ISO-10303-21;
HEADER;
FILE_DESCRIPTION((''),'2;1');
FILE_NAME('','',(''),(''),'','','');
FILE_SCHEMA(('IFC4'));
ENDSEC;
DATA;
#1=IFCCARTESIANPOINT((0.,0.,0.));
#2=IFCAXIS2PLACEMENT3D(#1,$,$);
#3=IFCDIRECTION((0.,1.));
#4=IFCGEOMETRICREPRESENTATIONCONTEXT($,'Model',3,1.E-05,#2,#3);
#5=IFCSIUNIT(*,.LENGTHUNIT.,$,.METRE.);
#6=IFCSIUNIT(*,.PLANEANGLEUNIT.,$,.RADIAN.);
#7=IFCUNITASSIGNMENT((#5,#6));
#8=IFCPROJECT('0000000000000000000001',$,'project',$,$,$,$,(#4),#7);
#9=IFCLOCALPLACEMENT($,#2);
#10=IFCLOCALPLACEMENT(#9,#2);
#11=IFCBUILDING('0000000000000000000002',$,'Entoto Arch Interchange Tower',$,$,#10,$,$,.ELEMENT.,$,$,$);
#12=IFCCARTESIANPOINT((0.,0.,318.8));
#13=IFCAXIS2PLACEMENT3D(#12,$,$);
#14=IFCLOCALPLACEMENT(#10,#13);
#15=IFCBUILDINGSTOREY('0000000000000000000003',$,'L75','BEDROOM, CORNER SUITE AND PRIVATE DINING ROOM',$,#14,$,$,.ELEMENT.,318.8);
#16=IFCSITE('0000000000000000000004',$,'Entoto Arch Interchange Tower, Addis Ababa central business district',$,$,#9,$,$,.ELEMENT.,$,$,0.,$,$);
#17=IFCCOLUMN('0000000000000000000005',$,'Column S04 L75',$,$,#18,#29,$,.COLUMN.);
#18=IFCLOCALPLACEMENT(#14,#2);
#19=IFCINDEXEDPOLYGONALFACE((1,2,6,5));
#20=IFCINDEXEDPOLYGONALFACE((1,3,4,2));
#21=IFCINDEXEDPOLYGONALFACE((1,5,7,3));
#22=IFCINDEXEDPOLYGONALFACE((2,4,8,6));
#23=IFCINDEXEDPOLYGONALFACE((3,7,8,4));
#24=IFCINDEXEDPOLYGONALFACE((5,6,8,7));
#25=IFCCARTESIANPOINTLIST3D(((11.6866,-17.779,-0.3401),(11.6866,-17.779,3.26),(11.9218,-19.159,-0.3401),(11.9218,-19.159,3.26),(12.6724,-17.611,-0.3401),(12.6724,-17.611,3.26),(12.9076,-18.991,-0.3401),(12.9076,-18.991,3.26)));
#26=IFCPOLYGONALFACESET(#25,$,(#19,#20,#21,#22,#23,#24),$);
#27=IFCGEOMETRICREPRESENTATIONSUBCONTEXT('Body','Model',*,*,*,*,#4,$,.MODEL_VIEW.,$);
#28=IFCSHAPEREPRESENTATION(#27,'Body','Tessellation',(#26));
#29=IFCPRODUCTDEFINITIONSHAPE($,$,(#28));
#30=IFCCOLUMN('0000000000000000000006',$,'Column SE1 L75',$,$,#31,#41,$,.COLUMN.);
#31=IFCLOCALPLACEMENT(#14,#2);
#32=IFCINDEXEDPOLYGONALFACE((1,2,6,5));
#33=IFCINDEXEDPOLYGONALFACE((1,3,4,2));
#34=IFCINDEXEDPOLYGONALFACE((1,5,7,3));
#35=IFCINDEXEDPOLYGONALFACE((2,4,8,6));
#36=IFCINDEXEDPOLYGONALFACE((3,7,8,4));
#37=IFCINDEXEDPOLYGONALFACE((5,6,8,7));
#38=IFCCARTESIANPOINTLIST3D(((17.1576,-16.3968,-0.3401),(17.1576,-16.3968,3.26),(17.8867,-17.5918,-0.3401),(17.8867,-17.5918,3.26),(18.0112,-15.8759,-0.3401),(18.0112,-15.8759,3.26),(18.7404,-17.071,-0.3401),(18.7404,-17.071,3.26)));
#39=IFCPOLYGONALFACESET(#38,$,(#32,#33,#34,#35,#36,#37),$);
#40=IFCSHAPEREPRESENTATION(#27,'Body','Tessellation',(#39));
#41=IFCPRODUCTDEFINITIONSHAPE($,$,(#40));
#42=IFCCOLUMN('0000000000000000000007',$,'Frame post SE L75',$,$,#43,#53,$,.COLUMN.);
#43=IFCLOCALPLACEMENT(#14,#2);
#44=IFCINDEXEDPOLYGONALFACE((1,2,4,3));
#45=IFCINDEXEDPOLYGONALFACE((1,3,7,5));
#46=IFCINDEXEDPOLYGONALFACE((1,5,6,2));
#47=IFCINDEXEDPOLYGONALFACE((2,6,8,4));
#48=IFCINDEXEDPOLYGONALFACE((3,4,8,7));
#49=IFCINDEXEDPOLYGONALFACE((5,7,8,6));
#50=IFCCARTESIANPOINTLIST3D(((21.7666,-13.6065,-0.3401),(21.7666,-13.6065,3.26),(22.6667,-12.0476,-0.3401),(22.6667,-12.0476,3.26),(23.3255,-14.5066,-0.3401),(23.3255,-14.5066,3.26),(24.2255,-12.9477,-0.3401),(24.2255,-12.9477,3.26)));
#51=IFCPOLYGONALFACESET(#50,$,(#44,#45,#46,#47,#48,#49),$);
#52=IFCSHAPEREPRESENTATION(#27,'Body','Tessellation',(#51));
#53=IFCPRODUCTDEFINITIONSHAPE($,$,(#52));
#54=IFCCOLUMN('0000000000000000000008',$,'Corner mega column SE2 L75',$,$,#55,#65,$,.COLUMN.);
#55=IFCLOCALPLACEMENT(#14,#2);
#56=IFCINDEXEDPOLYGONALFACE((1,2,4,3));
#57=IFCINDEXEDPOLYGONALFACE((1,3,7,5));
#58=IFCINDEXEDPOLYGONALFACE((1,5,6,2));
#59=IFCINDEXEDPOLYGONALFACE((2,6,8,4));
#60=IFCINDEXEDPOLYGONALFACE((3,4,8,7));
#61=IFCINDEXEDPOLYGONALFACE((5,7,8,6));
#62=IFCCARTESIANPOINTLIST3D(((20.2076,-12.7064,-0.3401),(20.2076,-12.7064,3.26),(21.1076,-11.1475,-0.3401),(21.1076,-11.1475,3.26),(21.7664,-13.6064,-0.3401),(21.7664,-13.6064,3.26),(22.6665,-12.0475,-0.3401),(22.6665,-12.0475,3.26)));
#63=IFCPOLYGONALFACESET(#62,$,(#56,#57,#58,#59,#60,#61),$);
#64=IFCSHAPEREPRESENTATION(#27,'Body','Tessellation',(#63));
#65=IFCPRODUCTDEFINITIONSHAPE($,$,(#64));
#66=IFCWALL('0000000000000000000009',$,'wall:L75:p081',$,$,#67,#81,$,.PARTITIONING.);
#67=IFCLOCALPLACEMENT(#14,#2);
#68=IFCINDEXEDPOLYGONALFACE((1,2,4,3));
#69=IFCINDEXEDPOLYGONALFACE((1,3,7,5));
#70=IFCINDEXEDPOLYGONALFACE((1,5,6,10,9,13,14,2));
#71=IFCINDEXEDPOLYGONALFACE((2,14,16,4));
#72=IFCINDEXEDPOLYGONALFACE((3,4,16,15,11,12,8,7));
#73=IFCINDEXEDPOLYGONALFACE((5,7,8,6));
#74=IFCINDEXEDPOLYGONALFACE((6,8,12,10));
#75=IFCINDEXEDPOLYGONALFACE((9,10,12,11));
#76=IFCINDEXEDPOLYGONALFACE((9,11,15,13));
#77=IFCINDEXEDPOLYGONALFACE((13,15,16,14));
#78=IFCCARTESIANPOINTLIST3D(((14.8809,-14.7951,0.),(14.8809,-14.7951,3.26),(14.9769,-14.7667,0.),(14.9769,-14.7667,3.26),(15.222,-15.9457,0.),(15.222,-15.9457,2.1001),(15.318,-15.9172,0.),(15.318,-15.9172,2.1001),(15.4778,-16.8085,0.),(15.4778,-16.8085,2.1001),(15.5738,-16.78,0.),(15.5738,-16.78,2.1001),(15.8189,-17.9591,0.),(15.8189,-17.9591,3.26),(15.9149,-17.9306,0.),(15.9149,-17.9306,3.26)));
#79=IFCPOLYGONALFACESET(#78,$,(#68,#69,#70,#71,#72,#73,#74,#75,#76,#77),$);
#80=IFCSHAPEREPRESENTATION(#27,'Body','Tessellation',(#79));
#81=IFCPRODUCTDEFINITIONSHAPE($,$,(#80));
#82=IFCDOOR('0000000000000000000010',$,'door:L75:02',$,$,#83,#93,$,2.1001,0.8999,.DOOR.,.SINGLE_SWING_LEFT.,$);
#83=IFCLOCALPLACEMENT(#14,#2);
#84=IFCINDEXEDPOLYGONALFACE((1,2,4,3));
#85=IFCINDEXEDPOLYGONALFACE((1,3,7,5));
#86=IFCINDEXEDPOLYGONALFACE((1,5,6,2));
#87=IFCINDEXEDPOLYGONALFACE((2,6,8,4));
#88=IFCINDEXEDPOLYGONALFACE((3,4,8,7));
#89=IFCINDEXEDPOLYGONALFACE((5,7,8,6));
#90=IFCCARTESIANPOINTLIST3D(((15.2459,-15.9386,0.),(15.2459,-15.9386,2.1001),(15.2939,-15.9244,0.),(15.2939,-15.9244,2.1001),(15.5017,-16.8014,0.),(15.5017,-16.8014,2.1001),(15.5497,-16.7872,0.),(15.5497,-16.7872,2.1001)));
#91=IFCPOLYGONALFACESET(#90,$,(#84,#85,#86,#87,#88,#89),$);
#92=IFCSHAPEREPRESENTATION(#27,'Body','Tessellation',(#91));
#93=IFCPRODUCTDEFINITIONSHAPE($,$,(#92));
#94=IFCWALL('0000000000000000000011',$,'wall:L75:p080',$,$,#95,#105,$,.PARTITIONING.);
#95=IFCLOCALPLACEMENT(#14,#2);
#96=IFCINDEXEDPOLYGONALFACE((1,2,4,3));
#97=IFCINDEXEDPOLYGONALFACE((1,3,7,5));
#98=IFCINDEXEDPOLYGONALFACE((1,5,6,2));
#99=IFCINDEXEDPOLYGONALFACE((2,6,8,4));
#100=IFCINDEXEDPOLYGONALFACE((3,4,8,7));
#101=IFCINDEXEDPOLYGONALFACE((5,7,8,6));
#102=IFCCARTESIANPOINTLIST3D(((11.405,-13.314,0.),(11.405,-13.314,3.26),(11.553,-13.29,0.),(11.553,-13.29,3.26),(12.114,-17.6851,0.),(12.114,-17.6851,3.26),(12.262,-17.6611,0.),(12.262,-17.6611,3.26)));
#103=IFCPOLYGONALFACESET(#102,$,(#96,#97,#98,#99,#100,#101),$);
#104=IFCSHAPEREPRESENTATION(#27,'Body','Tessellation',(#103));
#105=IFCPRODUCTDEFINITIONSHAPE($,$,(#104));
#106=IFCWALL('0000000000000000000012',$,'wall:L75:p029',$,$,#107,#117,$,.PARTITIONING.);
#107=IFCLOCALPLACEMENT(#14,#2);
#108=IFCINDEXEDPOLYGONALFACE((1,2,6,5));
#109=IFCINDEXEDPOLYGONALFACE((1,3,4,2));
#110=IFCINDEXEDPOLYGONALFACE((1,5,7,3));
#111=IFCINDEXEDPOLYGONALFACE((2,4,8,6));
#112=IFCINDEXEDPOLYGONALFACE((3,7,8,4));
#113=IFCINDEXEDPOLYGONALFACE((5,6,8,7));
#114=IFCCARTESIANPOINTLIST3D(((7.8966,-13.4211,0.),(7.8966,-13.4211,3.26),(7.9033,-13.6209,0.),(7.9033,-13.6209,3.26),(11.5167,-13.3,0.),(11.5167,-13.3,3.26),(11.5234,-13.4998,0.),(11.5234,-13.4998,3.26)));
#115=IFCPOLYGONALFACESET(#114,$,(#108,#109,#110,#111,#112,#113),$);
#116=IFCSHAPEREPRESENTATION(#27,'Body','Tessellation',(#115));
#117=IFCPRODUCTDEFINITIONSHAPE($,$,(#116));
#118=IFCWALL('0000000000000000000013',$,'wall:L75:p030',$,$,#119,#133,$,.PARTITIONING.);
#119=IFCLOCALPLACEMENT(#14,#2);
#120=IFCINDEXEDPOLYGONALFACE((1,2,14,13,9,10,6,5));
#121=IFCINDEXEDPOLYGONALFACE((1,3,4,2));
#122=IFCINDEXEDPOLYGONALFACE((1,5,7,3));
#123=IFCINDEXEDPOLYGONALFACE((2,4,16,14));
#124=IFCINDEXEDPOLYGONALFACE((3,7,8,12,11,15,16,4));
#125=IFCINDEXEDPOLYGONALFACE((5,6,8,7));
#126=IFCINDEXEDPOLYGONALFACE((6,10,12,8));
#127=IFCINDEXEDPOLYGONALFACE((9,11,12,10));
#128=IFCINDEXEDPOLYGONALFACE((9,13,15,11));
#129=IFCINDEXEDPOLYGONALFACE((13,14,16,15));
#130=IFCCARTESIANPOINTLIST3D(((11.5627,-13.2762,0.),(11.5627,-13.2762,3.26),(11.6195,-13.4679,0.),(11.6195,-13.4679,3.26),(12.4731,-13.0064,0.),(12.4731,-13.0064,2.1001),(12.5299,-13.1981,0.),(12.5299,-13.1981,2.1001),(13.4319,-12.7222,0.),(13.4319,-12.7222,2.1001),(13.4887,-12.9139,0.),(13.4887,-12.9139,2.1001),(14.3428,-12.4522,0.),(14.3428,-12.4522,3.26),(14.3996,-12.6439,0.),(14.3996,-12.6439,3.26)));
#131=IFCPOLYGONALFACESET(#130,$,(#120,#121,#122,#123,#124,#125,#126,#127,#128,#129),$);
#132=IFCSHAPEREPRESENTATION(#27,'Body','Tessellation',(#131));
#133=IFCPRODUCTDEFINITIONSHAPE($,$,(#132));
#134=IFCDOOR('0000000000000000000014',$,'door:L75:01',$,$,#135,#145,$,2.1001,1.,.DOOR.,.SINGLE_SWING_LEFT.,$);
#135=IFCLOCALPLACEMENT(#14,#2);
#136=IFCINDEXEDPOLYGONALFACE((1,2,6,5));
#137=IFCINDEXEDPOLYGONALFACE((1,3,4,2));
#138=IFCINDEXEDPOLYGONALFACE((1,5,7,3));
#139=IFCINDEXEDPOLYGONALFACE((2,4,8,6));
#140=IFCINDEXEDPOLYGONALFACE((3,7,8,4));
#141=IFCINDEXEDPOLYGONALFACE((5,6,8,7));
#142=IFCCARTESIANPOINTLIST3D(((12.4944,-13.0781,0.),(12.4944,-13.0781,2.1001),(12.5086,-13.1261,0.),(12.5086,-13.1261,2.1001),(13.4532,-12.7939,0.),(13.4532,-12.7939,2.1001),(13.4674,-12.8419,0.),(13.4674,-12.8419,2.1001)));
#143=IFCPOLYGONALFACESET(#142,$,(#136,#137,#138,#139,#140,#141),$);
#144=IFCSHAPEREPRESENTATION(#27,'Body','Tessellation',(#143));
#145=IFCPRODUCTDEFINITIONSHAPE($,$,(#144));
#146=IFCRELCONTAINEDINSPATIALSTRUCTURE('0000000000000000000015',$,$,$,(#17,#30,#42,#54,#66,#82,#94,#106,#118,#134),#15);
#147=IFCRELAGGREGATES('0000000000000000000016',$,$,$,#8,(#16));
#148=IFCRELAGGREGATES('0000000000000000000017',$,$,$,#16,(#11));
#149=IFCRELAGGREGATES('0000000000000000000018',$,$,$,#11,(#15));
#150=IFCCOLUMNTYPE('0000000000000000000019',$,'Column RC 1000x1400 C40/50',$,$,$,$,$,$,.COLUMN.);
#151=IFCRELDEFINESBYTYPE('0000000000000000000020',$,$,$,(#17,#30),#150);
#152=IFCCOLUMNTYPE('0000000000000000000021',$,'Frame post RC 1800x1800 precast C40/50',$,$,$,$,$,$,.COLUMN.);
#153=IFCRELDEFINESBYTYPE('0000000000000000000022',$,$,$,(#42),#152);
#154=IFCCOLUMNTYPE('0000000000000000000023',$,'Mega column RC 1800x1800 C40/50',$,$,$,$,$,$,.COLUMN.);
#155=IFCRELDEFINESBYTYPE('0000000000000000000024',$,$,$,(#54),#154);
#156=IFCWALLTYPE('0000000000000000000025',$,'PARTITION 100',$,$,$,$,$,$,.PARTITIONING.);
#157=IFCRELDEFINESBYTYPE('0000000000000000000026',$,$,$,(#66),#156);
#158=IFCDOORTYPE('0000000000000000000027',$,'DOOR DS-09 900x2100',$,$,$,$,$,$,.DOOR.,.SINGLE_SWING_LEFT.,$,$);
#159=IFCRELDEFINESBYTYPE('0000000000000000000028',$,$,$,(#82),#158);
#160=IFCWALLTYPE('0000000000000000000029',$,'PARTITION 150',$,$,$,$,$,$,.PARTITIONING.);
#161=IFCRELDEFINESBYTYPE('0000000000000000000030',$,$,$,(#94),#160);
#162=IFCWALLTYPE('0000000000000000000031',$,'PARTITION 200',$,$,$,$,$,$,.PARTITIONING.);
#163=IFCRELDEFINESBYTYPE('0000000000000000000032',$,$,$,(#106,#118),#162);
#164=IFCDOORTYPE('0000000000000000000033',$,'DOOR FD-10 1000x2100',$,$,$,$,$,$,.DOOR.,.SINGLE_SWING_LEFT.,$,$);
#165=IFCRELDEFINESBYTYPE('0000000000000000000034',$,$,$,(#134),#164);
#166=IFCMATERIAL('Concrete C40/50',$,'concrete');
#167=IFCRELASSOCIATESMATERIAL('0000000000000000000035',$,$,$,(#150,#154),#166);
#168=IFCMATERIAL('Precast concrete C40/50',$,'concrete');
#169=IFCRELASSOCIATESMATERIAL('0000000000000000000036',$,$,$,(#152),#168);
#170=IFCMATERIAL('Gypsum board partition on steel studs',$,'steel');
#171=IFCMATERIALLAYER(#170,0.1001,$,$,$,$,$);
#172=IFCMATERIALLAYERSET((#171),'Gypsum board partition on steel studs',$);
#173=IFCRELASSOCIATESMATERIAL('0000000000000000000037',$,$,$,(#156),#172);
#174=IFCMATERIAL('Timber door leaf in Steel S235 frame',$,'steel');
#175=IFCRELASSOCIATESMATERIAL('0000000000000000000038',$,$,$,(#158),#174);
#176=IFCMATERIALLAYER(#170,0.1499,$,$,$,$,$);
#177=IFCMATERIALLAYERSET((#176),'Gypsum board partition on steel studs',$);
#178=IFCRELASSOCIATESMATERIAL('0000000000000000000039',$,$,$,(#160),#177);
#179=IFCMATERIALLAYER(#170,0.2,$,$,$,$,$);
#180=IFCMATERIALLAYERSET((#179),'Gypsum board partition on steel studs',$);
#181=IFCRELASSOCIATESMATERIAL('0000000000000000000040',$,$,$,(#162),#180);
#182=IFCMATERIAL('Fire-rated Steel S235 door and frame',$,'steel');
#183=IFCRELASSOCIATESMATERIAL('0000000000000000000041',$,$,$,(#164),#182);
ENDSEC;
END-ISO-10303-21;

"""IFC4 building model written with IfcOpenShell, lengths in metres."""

from ifc_helpers import new_model, si_unit, direction, frame, frame_2d, origin, origin_2d, place, context, subcontext, project, spatial, rectangle, extrude, material, layer, layer_set, material_profile, profile_set, type_object, element, fill, save


model = new_model("IFC4")

# Units and contexts
model_context = context("Model", 3, precision=1e-05, world=origin(), true_north=direction((0.0, 1.0)))
body_context = subcontext(model_context, "Body", "Model", "MODEL_VIEW")
ifc_project = project(units=[si_unit("LENGTHUNIT", "METRE"), si_unit("PLANEANGLEUNIT", "RADIAN")], contexts=[model_context])

# Site, building, storey
site_placement = place(None, origin())
site = spatial("IfcSite", under=ifc_project, at=site_placement, Name="Entoto Arch Interchange Tower, Addis Ababa central business district", CompositionType="ELEMENT", RefElevation=0.0)
building_placement = place(site_placement, origin())
building = spatial("IfcBuilding", under=site, at=building_placement, Name="Entoto Arch Interchange Tower", CompositionType="ELEMENT")
storey_placement = place(building_placement, frame((0.0, 0.0, 318.8)))
storey = spatial("IfcBuildingStorey", under=building, at=storey_placement, Name="L75", Description="BEDROOM, CORNER SUITE AND PRIVATE DINING ROOM", CompositionType="ELEMENT", Elevation=318.8)

# Columns
ifc_material_1 = material(Name="Concrete C40/50", Category="concrete")
ifc_material_profile_1 = material_profile(ifc_material_1, rectangle(XDim=1.0, YDim=1.3999, at=origin_2d()))
ifc_profile_set_1 = profile_set([ifc_material_profile_1], Name="Concrete C40/50")
column_type_1 = type_object("IfcColumnType", Name="Column RC 1000x1400 C40/50", PredefinedType="COLUMN", material=ifc_profile_set_1)
for number, where, z_axis, x_axis, name in (
    (1, (12.2971, -18.385, -0.3401), (0.0, 0.0, 1.0), (0.985786, 0.168008, 0.0), "Column S04 L75"),
    (2, (17.949, -16.7339, -0.3401), (0.0, 0.0, 1.0), (0.853651, 0.520846, 0.0), "Column SE1 L75"),
):
    element("IfcColumn", number, at=place(storey_placement, frame(where, z_axis=z_axis, x_axis=x_axis)), inside=storey, type_object=column_type_1, Name=name, PredefinedType="COLUMN", context=body_context, shape_type="SweptSolid", body=[
        extrude(rectangle(XDim=1.0, YDim=1.3999, at=origin_2d()), origin(), (0.0, 0.0, 1.0), 3.6001),
    ])
ifc_material_2 = material(Name="Precast concrete C40/50", Category="concrete")
ifc_material_profile_2 = material_profile(ifc_material_2, rectangle(XDim=1.8, YDim=1.8, at=origin_2d()))
ifc_profile_set_2 = profile_set([ifc_material_profile_2], Name="Precast concrete C40/50")
column_type_2 = type_object("IfcColumnType", Name="Frame post RC 1800x1800 precast C40/50", PredefinedType="COLUMN", material=ifc_profile_set_2)
column_1_placement = place(storey_placement, frame((22.9961, -13.2771, -0.3401), z_axis=(0.0, 0.0, 1.0), x_axis=(-0.866025, 0.5, 0.0)))
element("IfcColumn", 3, at=column_1_placement, inside=storey, type_object=column_type_2, Name="Frame post SE L75", PredefinedType="COLUMN", context=body_context, shape_type="SweptSolid", body=[
    extrude(rectangle(XDim=1.8, YDim=1.8, at=origin_2d()), origin(), (0.0, 0.0, 1.0), 3.6001),
])
ifc_material_profile_3 = material_profile(ifc_material_1, rectangle(XDim=1.8, YDim=1.8, at=origin_2d()))
ifc_profile_set_3 = profile_set([ifc_material_profile_3], Name="Concrete C40/50")
column_type_3 = type_object("IfcColumnType", Name="Mega column RC 1800x1800 C40/50", PredefinedType="COLUMN", material=ifc_profile_set_3)
column_2_placement = place(storey_placement, frame((21.437, -12.377, -0.3401), z_axis=(0.0, 0.0, 1.0), x_axis=(-0.866025, 0.5, 0.0)))
element("IfcColumn", 4, at=column_2_placement, inside=storey, type_object=column_type_3, Name="Corner mega column SE2 L75", PredefinedType="COLUMN", context=body_context, shape_type="SweptSolid", body=[
    extrude(rectangle(XDim=1.8, YDim=1.8, at=origin_2d()), origin(), (0.0, 0.0, 1.0), 3.6001),
])

# Wall, opening, door
ifc_material_3 = material(Name="Gypsum board partition on steel studs", Category="steel")
ifc_layer_1 = layer(ifc_material_3, 0.1001)
ifc_layer_set_1 = layer_set([ifc_layer_1], Name="Gypsum board partition on steel studs")
wall_type_1 = type_object("IfcWallType", Name="PARTITION 100", PredefinedType="PARTITIONING", material=ifc_layer_set_1)
wall_1_placement = place(storey_placement, frame((14.929, -14.781, 0.0), z_axis=(0.0, 0.0, 1.0), x_axis=(0.284224, -0.958758, 0.0)))
wall_1 = element("IfcWall", 5, at=wall_1_placement, inside=storey, type_object=wall_type_1, Name="wall:L75:p081", PredefinedType="PARTITIONING", context=body_context, shape_type="SweptSolid", body=[
    extrude(rectangle(XDim=3.3, YDim=0.1001, at=frame_2d((1.6499, 0.0))), origin(), (0.0, 0.0, 1.0), 3.26),
])
opening_1_placement = place(wall_1_placement, frame((1.2, 0.0, 0.0)))
opening_1 = element("IfcOpeningElement", 6, at=opening_1_placement, cuts=wall_1, PredefinedType="OPENING", context=body_context, shape_type="SweptSolid", body=[
    extrude(rectangle(XDim=0.8999, YDim=2.1001, at=frame_2d((0.45, 1.05))), frame((0.0, 0.0601, 0.0), z_axis=(0.0, -1.0, 0.0), x_axis=(1.0, 0.0, 0.0)), (0.0, 0.0, 1.0), 0.1201),
])
ifc_material_4 = material(Name="Timber door leaf in Steel S235 frame", Category="steel")
door_type_1 = type_object("IfcDoorType", Name="DOOR DS-09 900x2100", OperationType="SINGLE_SWING_LEFT", PredefinedType="DOOR", material=ifc_material_4)
door_1_placement = place(opening_1_placement, origin())
door_1 = element("IfcDoor", 7, at=door_1_placement, inside=storey, type_object=door_type_1, Name="door:L75:02", OperationType="SINGLE_SWING_LEFT", OverallHeight=2.1001, OverallWidth=0.8999, PredefinedType="DOOR", context=body_context, shape_type="SweptSolid", body=[
    extrude(rectangle(XDim=0.8999, YDim=2.1001, at=frame_2d((0.45, 1.05))), frame((0.0, 0.0249, 0.0), z_axis=(0.0, -1.0, 0.0), x_axis=(1.0, 0.0, 0.0)), (0.0, 0.0, 1.0), 0.05),
])
fill(opening_1, door_1)

# Walls
ifc_layer_2 = layer(ifc_material_3, 0.1499)
ifc_layer_set_2 = layer_set([ifc_layer_2], Name="Gypsum board partition on steel studs")
wall_type_2 = type_object("IfcWallType", Name="PARTITION 150", PredefinedType="PARTITIONING", material=ifc_layer_set_2)
wall_2_placement = place(storey_placement, frame((11.479, -13.302, 0.0), z_axis=(0.0, 0.0, 1.0), x_axis=(0.160106, -0.9871, 0.0)))
element("IfcWall", 8, at=wall_2_placement, inside=storey, type_object=wall_type_2, Name="wall:L75:p080", PredefinedType="PARTITIONING", context=body_context, shape_type="SweptSolid", body=[
    extrude(rectangle(XDim=4.4282, YDim=0.1499, at=frame_2d((2.2141, 0.0))), origin(), (0.0, 0.0, 1.0), 3.26),
])
ifc_layer_3 = layer(ifc_material_3, 0.2)
ifc_layer_set_3 = layer_set([ifc_layer_3], Name="Gypsum board partition on steel studs")
wall_type_3 = type_object("IfcWallType", Name="PARTITION 200", PredefinedType="PARTITIONING", material=ifc_layer_set_3)
wall_3_placement = place(storey_placement, frame((11.52, -13.3999, 0.0), z_axis=(0.0, 0.0, 1.0), x_axis=(-0.999441, -0.033432, 0.0)))
element("IfcWall", 9, at=wall_3_placement, inside=storey, type_object=wall_type_3, Name="wall:L75:p029", PredefinedType="PARTITIONING", context=body_context, shape_type="SweptSolid", body=[
    extrude(rectangle(XDim=3.6221, YDim=0.2, at=frame_2d((1.811, 0.0))), origin(), (0.0, 0.0, 1.0), 3.26),
])

# Wall, opening, door
wall_4_placement = place(storey_placement, frame((14.3711, -12.5481, 0.0), z_axis=(0.0, 0.0, 1.0), x_axis=(-0.958773, -0.284171, 0.0)))
wall_4 = element("IfcWall", 10, at=wall_4_placement, inside=storey, type_object=wall_type_3, Name="wall:L75:p030", PredefinedType="PARTITIONING", context=body_context, shape_type="SweptSolid", body=[
    extrude(rectangle(XDim=2.8997, YDim=0.2, at=frame_2d((1.4497, 0.0))), origin(), (0.0, 0.0, 1.0), 3.26),
])
opening_2_placement = place(wall_4_placement, frame((0.95, 0.0, 0.0)))
opening_2 = element("IfcOpeningElement", 11, at=opening_2_placement, cuts=wall_4, PredefinedType="OPENING", context=body_context, shape_type="SweptSolid", body=[
    extrude(rectangle(XDim=1.0, YDim=2.1001, at=frame_2d((0.5, 1.05))), frame((0.0, 0.1099, 0.0), z_axis=(0.0, -1.0, 0.0), x_axis=(1.0, 0.0, 0.0)), (0.0, 0.0, 1.0), 0.22),
])
ifc_material_5 = material(Name="Fire-rated Steel S235 door and frame", Category="steel")
door_type_2 = type_object("IfcDoorType", Name="DOOR FD-10 1000x2100", OperationType="SINGLE_SWING_LEFT", PredefinedType="DOOR", material=ifc_material_5)
door_2_placement = place(opening_2_placement, origin())
door_2 = element("IfcDoor", 12, at=door_2_placement, inside=storey, type_object=door_type_2, Name="door:L75:01", OperationType="SINGLE_SWING_LEFT", OverallHeight=2.1001, OverallWidth=1.0, PredefinedType="DOOR", context=body_context, shape_type="SweptSolid", body=[
    extrude(rectangle(XDim=1.0, YDim=2.1001, at=frame_2d((0.5, 1.05))), frame((0.0, 0.0249, 0.0), z_axis=(0.0, -1.0, 0.0), x_axis=(1.0, 0.0, 0.0)), (0.0, 0.0, 1.0), 0.05),
])
fill(opening_2, door_2)

save(model, "model.ifc")
